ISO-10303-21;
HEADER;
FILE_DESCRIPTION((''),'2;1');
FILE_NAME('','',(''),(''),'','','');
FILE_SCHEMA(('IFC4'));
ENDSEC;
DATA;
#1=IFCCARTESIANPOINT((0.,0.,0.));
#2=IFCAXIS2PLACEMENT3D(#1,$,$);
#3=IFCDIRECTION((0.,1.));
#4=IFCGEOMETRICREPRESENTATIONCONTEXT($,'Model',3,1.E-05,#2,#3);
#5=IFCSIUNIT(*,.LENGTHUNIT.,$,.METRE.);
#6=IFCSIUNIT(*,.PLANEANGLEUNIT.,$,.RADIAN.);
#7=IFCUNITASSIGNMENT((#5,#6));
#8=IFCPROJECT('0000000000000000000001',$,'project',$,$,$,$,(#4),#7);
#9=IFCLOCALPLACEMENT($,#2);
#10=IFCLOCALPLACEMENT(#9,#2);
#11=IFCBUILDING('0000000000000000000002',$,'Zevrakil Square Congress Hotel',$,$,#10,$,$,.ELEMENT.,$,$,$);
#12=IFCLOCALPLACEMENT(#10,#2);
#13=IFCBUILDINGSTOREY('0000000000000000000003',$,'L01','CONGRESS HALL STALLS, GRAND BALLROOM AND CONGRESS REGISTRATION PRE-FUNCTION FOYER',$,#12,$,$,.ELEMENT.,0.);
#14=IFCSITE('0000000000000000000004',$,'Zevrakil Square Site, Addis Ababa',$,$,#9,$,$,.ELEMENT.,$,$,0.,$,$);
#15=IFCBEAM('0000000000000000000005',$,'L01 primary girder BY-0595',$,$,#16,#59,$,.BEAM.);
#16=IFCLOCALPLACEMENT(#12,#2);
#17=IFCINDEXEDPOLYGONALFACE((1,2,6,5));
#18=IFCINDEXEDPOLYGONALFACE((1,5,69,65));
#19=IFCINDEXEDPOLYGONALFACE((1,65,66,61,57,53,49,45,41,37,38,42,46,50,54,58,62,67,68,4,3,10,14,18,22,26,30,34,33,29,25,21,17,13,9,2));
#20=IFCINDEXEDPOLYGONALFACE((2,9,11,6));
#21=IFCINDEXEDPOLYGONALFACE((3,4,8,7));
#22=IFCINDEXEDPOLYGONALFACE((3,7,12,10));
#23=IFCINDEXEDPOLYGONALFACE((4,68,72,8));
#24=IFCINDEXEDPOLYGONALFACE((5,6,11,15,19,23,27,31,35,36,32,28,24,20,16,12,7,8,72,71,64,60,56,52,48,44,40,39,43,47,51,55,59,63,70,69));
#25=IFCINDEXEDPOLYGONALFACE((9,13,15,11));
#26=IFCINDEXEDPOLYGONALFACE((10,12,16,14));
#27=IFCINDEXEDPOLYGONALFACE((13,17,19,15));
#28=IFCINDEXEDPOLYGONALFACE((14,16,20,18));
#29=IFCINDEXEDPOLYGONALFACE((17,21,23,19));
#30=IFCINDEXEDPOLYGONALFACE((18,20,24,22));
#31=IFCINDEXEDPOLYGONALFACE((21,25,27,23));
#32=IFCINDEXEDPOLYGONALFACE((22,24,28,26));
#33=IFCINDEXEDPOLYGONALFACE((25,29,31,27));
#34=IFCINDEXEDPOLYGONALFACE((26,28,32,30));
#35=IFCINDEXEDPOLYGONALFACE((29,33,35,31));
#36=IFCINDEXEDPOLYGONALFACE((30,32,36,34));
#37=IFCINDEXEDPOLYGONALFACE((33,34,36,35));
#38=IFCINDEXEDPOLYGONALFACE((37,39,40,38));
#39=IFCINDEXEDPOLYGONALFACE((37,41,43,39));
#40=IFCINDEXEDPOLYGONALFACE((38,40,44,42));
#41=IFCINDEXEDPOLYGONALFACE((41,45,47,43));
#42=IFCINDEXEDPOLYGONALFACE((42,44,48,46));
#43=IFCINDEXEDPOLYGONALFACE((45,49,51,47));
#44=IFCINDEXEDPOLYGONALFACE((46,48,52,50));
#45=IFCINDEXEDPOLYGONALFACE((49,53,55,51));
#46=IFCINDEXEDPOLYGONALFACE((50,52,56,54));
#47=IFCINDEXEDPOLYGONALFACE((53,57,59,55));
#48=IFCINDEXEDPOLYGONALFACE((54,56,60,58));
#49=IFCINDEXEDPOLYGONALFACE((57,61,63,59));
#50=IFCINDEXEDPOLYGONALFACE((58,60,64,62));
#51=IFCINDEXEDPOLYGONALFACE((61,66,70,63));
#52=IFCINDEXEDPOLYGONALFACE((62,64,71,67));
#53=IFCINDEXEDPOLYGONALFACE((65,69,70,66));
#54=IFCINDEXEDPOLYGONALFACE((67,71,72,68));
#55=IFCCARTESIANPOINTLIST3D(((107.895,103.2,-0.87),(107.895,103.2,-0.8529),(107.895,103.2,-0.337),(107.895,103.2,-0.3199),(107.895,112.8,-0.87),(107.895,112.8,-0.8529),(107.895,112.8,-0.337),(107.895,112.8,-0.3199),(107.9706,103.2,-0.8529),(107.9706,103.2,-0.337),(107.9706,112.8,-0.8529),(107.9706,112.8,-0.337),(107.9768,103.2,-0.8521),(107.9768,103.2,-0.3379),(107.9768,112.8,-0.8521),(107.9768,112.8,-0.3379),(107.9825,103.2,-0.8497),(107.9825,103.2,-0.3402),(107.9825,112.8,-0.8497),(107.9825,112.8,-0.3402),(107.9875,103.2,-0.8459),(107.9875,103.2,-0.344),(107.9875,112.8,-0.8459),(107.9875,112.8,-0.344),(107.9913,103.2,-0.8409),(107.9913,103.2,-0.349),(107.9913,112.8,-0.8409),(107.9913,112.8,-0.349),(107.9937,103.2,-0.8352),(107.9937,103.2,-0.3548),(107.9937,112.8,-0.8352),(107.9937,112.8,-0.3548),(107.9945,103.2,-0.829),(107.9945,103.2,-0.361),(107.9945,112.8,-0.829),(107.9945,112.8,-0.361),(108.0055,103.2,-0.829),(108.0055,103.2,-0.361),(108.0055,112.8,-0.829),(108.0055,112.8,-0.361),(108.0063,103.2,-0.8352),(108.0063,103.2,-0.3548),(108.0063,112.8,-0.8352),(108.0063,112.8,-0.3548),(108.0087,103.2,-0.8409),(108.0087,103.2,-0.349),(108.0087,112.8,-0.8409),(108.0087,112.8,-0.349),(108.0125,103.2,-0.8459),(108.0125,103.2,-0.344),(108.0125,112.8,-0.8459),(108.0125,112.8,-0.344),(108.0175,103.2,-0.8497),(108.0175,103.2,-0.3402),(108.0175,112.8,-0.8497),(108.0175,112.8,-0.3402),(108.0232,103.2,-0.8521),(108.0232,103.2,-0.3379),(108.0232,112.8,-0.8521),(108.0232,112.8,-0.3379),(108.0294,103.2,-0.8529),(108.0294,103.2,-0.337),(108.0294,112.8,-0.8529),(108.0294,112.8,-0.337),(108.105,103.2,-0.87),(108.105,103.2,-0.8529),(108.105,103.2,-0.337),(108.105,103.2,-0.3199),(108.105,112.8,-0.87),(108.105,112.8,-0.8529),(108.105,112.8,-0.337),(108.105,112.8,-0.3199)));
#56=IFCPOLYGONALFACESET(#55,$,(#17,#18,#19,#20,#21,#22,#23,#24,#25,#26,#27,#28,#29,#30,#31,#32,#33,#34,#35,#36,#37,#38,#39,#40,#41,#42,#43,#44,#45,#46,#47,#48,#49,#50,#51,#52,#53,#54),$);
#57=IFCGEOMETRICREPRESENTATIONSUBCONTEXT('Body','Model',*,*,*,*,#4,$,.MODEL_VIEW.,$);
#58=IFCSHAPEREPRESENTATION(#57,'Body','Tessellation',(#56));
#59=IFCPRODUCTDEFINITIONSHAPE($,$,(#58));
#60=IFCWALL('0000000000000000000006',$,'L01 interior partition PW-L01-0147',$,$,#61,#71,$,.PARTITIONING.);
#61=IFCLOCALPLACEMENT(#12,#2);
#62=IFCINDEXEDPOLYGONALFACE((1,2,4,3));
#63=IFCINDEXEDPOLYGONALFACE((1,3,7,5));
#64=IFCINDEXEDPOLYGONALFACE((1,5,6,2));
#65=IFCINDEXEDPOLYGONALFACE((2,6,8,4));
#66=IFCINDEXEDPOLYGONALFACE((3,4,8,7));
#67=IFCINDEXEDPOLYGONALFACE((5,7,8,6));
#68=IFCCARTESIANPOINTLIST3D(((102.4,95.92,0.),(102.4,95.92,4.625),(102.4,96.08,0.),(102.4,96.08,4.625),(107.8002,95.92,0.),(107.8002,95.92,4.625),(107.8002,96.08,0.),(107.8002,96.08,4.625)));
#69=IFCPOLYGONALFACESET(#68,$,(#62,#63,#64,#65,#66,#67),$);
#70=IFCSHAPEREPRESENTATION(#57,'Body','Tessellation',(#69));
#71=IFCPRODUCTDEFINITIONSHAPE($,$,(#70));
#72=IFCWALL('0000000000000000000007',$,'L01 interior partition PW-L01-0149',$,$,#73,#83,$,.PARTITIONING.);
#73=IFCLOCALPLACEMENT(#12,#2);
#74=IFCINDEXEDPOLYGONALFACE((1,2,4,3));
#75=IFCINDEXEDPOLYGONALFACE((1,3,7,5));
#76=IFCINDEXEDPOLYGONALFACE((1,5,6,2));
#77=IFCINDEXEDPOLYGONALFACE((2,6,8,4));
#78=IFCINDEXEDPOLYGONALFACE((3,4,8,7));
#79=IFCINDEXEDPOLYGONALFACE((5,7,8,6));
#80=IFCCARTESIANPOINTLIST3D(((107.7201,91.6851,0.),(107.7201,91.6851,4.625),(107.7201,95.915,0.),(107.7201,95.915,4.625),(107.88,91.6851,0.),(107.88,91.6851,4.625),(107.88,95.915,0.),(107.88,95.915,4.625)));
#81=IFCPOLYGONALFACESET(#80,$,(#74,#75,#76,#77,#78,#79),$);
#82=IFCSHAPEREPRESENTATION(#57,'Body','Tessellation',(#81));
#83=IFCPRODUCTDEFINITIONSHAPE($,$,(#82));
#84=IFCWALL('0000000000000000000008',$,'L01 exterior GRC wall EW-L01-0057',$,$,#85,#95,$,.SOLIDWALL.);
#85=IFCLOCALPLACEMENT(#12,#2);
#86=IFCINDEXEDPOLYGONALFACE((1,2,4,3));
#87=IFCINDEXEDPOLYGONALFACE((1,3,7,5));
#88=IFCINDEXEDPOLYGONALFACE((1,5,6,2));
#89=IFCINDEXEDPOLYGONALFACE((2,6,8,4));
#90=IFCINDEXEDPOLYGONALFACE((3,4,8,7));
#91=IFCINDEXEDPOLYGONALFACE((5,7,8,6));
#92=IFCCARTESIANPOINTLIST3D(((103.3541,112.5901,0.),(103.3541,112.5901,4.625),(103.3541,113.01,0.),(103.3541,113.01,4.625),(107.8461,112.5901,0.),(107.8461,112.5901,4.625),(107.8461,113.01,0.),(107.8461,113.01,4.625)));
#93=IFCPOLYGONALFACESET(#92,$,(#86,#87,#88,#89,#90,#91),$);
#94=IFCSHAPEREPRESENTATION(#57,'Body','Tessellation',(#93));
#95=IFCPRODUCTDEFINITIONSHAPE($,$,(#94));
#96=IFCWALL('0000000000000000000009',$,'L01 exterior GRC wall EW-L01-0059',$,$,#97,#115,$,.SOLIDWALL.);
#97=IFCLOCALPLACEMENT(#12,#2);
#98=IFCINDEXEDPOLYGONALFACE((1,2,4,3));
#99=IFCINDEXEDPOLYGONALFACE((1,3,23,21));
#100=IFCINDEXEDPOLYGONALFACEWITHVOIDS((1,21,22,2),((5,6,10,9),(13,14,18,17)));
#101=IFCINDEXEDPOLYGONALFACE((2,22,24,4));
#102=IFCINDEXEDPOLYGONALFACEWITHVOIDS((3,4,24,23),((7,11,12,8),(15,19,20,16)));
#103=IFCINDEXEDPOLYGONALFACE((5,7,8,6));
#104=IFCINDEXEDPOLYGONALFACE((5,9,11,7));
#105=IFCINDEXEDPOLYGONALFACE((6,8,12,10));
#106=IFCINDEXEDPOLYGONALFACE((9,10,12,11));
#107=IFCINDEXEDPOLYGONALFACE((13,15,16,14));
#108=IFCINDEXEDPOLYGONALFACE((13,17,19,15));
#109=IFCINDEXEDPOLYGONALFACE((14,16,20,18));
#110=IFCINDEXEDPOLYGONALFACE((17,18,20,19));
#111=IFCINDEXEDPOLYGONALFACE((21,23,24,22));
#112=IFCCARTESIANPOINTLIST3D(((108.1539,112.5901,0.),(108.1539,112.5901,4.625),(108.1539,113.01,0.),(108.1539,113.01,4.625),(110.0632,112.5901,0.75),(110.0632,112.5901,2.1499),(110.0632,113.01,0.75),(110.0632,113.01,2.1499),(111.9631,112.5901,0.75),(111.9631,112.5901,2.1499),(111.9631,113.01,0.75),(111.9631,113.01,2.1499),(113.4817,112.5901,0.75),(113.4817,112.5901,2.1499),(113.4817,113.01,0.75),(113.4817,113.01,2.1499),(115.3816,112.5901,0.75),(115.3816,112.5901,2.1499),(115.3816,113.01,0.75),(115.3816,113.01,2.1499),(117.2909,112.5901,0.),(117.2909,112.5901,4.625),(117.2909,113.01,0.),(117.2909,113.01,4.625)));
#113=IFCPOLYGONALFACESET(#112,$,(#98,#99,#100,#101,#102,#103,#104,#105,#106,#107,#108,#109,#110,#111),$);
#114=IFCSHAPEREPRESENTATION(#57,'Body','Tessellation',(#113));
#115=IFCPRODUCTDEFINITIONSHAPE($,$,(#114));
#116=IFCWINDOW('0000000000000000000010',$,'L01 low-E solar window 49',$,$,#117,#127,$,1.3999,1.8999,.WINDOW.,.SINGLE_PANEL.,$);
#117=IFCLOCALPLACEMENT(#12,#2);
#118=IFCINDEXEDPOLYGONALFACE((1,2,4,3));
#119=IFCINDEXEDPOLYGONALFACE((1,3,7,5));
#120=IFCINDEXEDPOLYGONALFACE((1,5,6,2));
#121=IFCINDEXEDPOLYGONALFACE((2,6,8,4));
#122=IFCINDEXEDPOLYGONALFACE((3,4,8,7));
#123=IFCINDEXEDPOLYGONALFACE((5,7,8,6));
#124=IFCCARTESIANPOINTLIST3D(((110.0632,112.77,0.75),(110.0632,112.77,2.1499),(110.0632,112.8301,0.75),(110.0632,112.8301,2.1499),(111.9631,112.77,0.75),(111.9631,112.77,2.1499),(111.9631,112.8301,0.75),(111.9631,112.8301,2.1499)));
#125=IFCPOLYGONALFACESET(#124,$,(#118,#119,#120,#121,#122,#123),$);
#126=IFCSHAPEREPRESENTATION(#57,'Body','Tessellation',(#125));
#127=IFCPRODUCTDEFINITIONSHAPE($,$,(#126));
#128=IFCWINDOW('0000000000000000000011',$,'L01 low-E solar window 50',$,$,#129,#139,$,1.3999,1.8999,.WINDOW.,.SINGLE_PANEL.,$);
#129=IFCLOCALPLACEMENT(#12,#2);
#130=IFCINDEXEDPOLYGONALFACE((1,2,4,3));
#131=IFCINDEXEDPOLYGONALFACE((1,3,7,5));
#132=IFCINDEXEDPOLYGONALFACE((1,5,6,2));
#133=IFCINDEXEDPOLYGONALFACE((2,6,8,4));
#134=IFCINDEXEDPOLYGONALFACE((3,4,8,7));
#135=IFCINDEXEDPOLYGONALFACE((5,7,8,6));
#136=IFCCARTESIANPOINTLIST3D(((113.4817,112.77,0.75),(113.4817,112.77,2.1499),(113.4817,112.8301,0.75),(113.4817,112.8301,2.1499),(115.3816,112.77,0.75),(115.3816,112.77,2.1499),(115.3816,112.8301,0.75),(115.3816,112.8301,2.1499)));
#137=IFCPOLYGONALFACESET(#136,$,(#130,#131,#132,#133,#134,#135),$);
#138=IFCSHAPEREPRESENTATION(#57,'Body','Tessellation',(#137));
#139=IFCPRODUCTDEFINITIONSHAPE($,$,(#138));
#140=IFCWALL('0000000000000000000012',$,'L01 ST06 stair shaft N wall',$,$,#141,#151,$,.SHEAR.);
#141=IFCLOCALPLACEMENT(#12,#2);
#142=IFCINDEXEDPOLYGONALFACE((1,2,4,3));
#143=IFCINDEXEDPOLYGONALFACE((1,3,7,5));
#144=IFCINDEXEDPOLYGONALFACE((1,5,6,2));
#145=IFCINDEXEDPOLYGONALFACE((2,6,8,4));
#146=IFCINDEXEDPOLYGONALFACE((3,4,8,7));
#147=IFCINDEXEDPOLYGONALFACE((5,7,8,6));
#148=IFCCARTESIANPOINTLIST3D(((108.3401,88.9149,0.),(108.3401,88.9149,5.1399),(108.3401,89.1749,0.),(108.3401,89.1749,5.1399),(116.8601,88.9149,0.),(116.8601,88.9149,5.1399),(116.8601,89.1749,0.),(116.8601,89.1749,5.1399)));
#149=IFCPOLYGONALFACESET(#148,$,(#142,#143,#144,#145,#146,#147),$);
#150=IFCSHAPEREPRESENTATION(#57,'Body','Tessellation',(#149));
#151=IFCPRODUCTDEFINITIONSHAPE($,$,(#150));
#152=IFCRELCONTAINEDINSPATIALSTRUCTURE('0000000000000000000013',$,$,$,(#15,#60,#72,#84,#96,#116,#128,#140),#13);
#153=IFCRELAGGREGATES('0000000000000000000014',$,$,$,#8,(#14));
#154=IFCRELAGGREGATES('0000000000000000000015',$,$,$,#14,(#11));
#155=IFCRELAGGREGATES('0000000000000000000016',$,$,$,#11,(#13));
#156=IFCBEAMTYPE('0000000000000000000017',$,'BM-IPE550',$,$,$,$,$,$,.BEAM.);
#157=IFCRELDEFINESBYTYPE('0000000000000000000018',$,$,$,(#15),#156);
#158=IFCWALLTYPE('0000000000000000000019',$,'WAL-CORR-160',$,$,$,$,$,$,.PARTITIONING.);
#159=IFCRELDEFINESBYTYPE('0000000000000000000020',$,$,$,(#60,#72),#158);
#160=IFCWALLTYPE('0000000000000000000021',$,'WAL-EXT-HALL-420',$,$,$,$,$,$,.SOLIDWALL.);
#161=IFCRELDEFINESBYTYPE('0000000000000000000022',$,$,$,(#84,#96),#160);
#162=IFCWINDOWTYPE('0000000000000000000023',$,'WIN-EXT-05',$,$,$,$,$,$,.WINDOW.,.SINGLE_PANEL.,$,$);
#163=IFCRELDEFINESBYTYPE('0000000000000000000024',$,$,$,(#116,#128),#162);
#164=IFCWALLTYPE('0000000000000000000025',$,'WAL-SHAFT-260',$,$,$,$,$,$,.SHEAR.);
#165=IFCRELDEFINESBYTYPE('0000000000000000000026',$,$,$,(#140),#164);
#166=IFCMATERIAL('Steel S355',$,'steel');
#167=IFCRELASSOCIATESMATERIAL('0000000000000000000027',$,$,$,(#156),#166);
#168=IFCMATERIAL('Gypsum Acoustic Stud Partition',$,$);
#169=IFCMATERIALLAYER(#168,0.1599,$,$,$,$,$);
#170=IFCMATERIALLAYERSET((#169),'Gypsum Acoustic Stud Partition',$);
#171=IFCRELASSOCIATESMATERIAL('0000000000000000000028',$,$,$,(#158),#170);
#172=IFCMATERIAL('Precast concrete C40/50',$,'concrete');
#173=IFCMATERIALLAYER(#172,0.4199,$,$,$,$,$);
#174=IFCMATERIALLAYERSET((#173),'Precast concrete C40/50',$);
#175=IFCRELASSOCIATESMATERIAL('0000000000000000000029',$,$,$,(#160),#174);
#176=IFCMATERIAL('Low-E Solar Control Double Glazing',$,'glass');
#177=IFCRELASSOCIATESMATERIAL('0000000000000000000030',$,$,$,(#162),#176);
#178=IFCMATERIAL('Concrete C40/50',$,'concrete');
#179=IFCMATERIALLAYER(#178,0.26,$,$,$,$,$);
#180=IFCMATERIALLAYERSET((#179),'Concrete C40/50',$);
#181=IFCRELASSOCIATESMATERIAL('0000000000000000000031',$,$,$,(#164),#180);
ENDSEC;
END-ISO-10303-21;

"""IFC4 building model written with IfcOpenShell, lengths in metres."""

from ifc_helpers import new_model, si_unit, direction, frame, frame_2d, origin, origin_2d, place, context, subcontext, project, spatial, rectangle, i_section, extrude, material, layer, layer_set, material_profile, profile_set, type_object, element, fill, save


model = new_model("IFC4")

# Units and contexts
model_context = context("Model", 3, precision=1e-05, world=origin(), true_north=direction((0.0, 1.0)))
body_context = subcontext(model_context, "Body", "Model", "MODEL_VIEW")
ifc_project = project(units=[si_unit("LENGTHUNIT", "METRE"), si_unit("PLANEANGLEUNIT", "RADIAN")], contexts=[model_context])

# Site, building, storey
site_placement = place(None, origin())
site = spatial("IfcSite", under=ifc_project, at=site_placement, Name="Zevrakil Square Site, Addis Ababa", CompositionType="ELEMENT", RefElevation=0.0)
building_placement = place(site_placement, origin())
building = spatial("IfcBuilding", under=site, at=building_placement, Name="Zevrakil Square Congress Hotel", CompositionType="ELEMENT")
storey_placement = place(building_placement, origin())
storey = spatial("IfcBuildingStorey", under=building, at=storey_placement, Name="L01", Description="CONGRESS HALL STALLS, GRAND BALLROOM AND CONGRESS REGISTRATION PRE-FUNCTION FOYER", CompositionType="ELEMENT", Elevation=0.0)

# Beam
ifc_material_1 = material(Name="Steel S355", Category="steel")
ifc_material_profile_1 = material_profile(ifc_material_1, i_section(OverallWidth=0.21, OverallDepth=0.55, WebThickness=0.011, FlangeThickness=0.0171, FilletRadius=0.0239, at=origin_2d()), Name="IPE 550")
ifc_profile_set_1 = profile_set([ifc_material_profile_1], Name="Steel S355")
beam_type_1 = type_object("IfcBeamType", Name="BM-IPE550", PredefinedType="BEAM", material=ifc_profile_set_1)
beam_1_placement = place(storey_placement, frame((108.0, 103.2, -0.595), z_axis=(0.0, 1.0, 0.0), x_axis=(-1.0, 0.0, 0.0)))
element("IfcBeam", 1, at=beam_1_placement, inside=storey, type_object=beam_type_1, Name="L01 primary girder BY-0595", PredefinedType="BEAM", context=body_context, shape_type="SweptSolid", body=[
    extrude(i_section(OverallWidth=0.21, OverallDepth=0.55, WebThickness=0.011, FlangeThickness=0.0171, FilletRadius=0.0239, at=origin_2d()), origin(), (0.0, 0.0, 1.0), 9.6001),
])

# Walls
ifc_material_2 = material(Name="Gypsum Acoustic Stud Partition")
ifc_layer_1 = layer(ifc_material_2, 0.1599)
ifc_layer_set_1 = layer_set([ifc_layer_1], Name="Gypsum Acoustic Stud Partition")
wall_type_1 = type_object("IfcWallType", Name="WAL-CORR-160", PredefinedType="PARTITIONING", material=ifc_layer_set_1)
wall_1_placement = place(storey_placement, frame((102.3999, 96.0, 0.0), z_axis=(0.0, 0.0, 1.0), x_axis=(1.0, 0.0, 0.0)))
element("IfcWall", 2, at=wall_1_placement, inside=storey, type_object=wall_type_1, Name="L01 interior partition PW-L01-0147", PredefinedType="PARTITIONING", context=body_context, shape_type="SweptSolid", body=[
    extrude(rectangle(XDim=5.4001, YDim=0.1599, at=frame_2d((2.7002, 0.0))), origin(), (0.0, 0.0, 1.0), 4.625),
])
wall_2_placement = place(storey_placement, frame((107.8, 91.6851, 0.0), z_axis=(0.0, 0.0, 1.0), x_axis=(0.0, 1.0, 0.0)))
element("IfcWall", 3, at=wall_2_placement, inside=storey, type_object=wall_type_1, Name="L01 interior partition PW-L01-0149", PredefinedType="PARTITIONING", context=body_context, shape_type="SweptSolid", body=[
    extrude(rectangle(XDim=4.23, YDim=0.1599, at=frame_2d((2.115, 0.0))), origin(), (0.0, 0.0, 1.0), 4.625),
])
ifc_material_3 = material(Name="Precast concrete C40/50", Category="concrete")
ifc_layer_2 = layer(ifc_material_3, 0.4199)
ifc_layer_set_2 = layer_set([ifc_layer_2], Name="Precast concrete C40/50")
wall_type_2 = type_object("IfcWallType", Name="WAL-EXT-HALL-420", PredefinedType="SOLIDWALL", material=ifc_layer_set_2)
wall_3_placement = place(storey_placement, frame((103.354, 112.8, 0.0), z_axis=(0.0, 0.0, 1.0), x_axis=(1.0, 0.0, 0.0)))
element("IfcWall", 4, at=wall_3_placement, inside=storey, type_object=wall_type_2, Name="L01 exterior GRC wall EW-L01-0057", PredefinedType="SOLIDWALL", context=body_context, shape_type="SweptSolid", body=[
    extrude(rectangle(XDim=4.4919, YDim=0.4199, at=frame_2d((2.2461, 0.0))), origin(), (0.0, 0.0, 1.0), 4.625),
])

# Wall, openings, windows
wall_4_placement = place(storey_placement, frame((108.1541, 112.8, 0.0), z_axis=(0.0, 0.0, 1.0), x_axis=(1.0, 0.0, 0.0)))
wall_4 = element("IfcWall", 5, at=wall_4_placement, inside=storey, type_object=wall_type_2, Name="L01 exterior GRC wall EW-L01-0059", PredefinedType="SOLIDWALL", context=body_context, shape_type="SweptSolid", body=[
    extrude(rectangle(XDim=9.137, YDim=0.4199, at=frame_2d((4.5684, 0.0))), origin(), (0.0, 0.0, 1.0), 4.625),
])
opening_1_placement = place(wall_4_placement, frame((1.9092, 0.0, 0.75)))
opening_1 = element("IfcOpeningElement", 6, at=opening_1_placement, cuts=wall_4, PredefinedType="OPENING", context=body_context, shape_type="SweptSolid", body=[
    extrude(rectangle(XDim=1.8999, YDim=1.3999, at=frame_2d((0.95, 0.7))), frame((0.0, 0.22, 0.0), z_axis=(0.0, -1.0, 0.0), x_axis=(1.0, 0.0, 0.0)), (0.0, 0.0, 1.0), 0.4399),
])
opening_2_placement = place(wall_4_placement, frame((5.3276, 0.0, 0.75)))
opening_2 = element("IfcOpeningElement", 7, at=opening_2_placement, cuts=wall_4, PredefinedType="OPENING", context=body_context, shape_type="SweptSolid", body=[
    extrude(rectangle(XDim=1.8999, YDim=1.3999, at=frame_2d((0.95, 0.7))), frame((0.0, 0.22, 0.0), z_axis=(0.0, -1.0, 0.0), x_axis=(1.0, 0.0, 0.0)), (0.0, 0.0, 1.0), 0.4399),
])
ifc_material_4 = material(Name="Low-E Solar Control Double Glazing", Category="glass")
window_type = type_object("IfcWindowType", Name="WIN-EXT-05", PartitioningType="SINGLE_PANEL", PredefinedType="WINDOW", material=ifc_material_4)
window_1_placement = place(opening_1_placement, origin())
window_1 = element("IfcWindow", 8, at=window_1_placement, inside=storey, type_object=window_type, Name="L01 low-E solar window 49", OverallHeight=1.3999, OverallWidth=1.8999, PartitioningType="SINGLE_PANEL", PredefinedType="WINDOW", context=body_context, shape_type="SweptSolid", body=[
    extrude(rectangle(XDim=1.8999, YDim=1.3999, at=frame_2d((0.95, 0.7))), frame((0.0, 0.03, 0.0), z_axis=(0.0, -1.0, 0.0), x_axis=(1.0, 0.0, 0.0)), (0.0, 0.0, 1.0), 0.0601),
])
fill(opening_1, window_1)
window_2_placement = place(opening_2_placement, origin())
window_2 = element("IfcWindow", 9, at=window_2_placement, inside=storey, type_object=window_type, Name="L01 low-E solar window 50", OverallHeight=1.3999, OverallWidth=1.8999, PartitioningType="SINGLE_PANEL", PredefinedType="WINDOW", context=body_context, shape_type="SweptSolid", body=[
    extrude(rectangle(XDim=1.8999, YDim=1.3999, at=frame_2d((0.95, 0.7))), frame((0.0, 0.03, 0.0), z_axis=(0.0, -1.0, 0.0), x_axis=(1.0, 0.0, 0.0)), (0.0, 0.0, 1.0), 0.0601),
])
fill(opening_2, window_2)

# Wall
ifc_material_5 = material(Name="Concrete C40/50", Category="concrete")
ifc_layer_3 = layer(ifc_material_5, 0.26)
ifc_layer_set_3 = layer_set([ifc_layer_3], Name="Concrete C40/50")
wall_type_3 = type_object("IfcWallType", Name="WAL-SHAFT-260", PredefinedType="SHEAR", material=ifc_layer_set_3)
wall_5_placement = place(storey_placement, frame((108.3401, 89.0449, 0.0), z_axis=(0.0, 0.0, 1.0), x_axis=(1.0, 0.0, 0.0)))
element("IfcWall", 10, at=wall_5_placement, inside=storey, type_object=wall_type_3, Name="L01 ST06 stair shaft N wall", PredefinedType="SHEAR", context=body_context, shape_type="SweptSolid", body=[
    extrude(rectangle(XDim=8.52, YDim=0.26, at=frame_2d((4.26, 0.0))), origin(), (0.0, 0.0, 1.0), 5.1399),
])

save(model, "model.ifc")
